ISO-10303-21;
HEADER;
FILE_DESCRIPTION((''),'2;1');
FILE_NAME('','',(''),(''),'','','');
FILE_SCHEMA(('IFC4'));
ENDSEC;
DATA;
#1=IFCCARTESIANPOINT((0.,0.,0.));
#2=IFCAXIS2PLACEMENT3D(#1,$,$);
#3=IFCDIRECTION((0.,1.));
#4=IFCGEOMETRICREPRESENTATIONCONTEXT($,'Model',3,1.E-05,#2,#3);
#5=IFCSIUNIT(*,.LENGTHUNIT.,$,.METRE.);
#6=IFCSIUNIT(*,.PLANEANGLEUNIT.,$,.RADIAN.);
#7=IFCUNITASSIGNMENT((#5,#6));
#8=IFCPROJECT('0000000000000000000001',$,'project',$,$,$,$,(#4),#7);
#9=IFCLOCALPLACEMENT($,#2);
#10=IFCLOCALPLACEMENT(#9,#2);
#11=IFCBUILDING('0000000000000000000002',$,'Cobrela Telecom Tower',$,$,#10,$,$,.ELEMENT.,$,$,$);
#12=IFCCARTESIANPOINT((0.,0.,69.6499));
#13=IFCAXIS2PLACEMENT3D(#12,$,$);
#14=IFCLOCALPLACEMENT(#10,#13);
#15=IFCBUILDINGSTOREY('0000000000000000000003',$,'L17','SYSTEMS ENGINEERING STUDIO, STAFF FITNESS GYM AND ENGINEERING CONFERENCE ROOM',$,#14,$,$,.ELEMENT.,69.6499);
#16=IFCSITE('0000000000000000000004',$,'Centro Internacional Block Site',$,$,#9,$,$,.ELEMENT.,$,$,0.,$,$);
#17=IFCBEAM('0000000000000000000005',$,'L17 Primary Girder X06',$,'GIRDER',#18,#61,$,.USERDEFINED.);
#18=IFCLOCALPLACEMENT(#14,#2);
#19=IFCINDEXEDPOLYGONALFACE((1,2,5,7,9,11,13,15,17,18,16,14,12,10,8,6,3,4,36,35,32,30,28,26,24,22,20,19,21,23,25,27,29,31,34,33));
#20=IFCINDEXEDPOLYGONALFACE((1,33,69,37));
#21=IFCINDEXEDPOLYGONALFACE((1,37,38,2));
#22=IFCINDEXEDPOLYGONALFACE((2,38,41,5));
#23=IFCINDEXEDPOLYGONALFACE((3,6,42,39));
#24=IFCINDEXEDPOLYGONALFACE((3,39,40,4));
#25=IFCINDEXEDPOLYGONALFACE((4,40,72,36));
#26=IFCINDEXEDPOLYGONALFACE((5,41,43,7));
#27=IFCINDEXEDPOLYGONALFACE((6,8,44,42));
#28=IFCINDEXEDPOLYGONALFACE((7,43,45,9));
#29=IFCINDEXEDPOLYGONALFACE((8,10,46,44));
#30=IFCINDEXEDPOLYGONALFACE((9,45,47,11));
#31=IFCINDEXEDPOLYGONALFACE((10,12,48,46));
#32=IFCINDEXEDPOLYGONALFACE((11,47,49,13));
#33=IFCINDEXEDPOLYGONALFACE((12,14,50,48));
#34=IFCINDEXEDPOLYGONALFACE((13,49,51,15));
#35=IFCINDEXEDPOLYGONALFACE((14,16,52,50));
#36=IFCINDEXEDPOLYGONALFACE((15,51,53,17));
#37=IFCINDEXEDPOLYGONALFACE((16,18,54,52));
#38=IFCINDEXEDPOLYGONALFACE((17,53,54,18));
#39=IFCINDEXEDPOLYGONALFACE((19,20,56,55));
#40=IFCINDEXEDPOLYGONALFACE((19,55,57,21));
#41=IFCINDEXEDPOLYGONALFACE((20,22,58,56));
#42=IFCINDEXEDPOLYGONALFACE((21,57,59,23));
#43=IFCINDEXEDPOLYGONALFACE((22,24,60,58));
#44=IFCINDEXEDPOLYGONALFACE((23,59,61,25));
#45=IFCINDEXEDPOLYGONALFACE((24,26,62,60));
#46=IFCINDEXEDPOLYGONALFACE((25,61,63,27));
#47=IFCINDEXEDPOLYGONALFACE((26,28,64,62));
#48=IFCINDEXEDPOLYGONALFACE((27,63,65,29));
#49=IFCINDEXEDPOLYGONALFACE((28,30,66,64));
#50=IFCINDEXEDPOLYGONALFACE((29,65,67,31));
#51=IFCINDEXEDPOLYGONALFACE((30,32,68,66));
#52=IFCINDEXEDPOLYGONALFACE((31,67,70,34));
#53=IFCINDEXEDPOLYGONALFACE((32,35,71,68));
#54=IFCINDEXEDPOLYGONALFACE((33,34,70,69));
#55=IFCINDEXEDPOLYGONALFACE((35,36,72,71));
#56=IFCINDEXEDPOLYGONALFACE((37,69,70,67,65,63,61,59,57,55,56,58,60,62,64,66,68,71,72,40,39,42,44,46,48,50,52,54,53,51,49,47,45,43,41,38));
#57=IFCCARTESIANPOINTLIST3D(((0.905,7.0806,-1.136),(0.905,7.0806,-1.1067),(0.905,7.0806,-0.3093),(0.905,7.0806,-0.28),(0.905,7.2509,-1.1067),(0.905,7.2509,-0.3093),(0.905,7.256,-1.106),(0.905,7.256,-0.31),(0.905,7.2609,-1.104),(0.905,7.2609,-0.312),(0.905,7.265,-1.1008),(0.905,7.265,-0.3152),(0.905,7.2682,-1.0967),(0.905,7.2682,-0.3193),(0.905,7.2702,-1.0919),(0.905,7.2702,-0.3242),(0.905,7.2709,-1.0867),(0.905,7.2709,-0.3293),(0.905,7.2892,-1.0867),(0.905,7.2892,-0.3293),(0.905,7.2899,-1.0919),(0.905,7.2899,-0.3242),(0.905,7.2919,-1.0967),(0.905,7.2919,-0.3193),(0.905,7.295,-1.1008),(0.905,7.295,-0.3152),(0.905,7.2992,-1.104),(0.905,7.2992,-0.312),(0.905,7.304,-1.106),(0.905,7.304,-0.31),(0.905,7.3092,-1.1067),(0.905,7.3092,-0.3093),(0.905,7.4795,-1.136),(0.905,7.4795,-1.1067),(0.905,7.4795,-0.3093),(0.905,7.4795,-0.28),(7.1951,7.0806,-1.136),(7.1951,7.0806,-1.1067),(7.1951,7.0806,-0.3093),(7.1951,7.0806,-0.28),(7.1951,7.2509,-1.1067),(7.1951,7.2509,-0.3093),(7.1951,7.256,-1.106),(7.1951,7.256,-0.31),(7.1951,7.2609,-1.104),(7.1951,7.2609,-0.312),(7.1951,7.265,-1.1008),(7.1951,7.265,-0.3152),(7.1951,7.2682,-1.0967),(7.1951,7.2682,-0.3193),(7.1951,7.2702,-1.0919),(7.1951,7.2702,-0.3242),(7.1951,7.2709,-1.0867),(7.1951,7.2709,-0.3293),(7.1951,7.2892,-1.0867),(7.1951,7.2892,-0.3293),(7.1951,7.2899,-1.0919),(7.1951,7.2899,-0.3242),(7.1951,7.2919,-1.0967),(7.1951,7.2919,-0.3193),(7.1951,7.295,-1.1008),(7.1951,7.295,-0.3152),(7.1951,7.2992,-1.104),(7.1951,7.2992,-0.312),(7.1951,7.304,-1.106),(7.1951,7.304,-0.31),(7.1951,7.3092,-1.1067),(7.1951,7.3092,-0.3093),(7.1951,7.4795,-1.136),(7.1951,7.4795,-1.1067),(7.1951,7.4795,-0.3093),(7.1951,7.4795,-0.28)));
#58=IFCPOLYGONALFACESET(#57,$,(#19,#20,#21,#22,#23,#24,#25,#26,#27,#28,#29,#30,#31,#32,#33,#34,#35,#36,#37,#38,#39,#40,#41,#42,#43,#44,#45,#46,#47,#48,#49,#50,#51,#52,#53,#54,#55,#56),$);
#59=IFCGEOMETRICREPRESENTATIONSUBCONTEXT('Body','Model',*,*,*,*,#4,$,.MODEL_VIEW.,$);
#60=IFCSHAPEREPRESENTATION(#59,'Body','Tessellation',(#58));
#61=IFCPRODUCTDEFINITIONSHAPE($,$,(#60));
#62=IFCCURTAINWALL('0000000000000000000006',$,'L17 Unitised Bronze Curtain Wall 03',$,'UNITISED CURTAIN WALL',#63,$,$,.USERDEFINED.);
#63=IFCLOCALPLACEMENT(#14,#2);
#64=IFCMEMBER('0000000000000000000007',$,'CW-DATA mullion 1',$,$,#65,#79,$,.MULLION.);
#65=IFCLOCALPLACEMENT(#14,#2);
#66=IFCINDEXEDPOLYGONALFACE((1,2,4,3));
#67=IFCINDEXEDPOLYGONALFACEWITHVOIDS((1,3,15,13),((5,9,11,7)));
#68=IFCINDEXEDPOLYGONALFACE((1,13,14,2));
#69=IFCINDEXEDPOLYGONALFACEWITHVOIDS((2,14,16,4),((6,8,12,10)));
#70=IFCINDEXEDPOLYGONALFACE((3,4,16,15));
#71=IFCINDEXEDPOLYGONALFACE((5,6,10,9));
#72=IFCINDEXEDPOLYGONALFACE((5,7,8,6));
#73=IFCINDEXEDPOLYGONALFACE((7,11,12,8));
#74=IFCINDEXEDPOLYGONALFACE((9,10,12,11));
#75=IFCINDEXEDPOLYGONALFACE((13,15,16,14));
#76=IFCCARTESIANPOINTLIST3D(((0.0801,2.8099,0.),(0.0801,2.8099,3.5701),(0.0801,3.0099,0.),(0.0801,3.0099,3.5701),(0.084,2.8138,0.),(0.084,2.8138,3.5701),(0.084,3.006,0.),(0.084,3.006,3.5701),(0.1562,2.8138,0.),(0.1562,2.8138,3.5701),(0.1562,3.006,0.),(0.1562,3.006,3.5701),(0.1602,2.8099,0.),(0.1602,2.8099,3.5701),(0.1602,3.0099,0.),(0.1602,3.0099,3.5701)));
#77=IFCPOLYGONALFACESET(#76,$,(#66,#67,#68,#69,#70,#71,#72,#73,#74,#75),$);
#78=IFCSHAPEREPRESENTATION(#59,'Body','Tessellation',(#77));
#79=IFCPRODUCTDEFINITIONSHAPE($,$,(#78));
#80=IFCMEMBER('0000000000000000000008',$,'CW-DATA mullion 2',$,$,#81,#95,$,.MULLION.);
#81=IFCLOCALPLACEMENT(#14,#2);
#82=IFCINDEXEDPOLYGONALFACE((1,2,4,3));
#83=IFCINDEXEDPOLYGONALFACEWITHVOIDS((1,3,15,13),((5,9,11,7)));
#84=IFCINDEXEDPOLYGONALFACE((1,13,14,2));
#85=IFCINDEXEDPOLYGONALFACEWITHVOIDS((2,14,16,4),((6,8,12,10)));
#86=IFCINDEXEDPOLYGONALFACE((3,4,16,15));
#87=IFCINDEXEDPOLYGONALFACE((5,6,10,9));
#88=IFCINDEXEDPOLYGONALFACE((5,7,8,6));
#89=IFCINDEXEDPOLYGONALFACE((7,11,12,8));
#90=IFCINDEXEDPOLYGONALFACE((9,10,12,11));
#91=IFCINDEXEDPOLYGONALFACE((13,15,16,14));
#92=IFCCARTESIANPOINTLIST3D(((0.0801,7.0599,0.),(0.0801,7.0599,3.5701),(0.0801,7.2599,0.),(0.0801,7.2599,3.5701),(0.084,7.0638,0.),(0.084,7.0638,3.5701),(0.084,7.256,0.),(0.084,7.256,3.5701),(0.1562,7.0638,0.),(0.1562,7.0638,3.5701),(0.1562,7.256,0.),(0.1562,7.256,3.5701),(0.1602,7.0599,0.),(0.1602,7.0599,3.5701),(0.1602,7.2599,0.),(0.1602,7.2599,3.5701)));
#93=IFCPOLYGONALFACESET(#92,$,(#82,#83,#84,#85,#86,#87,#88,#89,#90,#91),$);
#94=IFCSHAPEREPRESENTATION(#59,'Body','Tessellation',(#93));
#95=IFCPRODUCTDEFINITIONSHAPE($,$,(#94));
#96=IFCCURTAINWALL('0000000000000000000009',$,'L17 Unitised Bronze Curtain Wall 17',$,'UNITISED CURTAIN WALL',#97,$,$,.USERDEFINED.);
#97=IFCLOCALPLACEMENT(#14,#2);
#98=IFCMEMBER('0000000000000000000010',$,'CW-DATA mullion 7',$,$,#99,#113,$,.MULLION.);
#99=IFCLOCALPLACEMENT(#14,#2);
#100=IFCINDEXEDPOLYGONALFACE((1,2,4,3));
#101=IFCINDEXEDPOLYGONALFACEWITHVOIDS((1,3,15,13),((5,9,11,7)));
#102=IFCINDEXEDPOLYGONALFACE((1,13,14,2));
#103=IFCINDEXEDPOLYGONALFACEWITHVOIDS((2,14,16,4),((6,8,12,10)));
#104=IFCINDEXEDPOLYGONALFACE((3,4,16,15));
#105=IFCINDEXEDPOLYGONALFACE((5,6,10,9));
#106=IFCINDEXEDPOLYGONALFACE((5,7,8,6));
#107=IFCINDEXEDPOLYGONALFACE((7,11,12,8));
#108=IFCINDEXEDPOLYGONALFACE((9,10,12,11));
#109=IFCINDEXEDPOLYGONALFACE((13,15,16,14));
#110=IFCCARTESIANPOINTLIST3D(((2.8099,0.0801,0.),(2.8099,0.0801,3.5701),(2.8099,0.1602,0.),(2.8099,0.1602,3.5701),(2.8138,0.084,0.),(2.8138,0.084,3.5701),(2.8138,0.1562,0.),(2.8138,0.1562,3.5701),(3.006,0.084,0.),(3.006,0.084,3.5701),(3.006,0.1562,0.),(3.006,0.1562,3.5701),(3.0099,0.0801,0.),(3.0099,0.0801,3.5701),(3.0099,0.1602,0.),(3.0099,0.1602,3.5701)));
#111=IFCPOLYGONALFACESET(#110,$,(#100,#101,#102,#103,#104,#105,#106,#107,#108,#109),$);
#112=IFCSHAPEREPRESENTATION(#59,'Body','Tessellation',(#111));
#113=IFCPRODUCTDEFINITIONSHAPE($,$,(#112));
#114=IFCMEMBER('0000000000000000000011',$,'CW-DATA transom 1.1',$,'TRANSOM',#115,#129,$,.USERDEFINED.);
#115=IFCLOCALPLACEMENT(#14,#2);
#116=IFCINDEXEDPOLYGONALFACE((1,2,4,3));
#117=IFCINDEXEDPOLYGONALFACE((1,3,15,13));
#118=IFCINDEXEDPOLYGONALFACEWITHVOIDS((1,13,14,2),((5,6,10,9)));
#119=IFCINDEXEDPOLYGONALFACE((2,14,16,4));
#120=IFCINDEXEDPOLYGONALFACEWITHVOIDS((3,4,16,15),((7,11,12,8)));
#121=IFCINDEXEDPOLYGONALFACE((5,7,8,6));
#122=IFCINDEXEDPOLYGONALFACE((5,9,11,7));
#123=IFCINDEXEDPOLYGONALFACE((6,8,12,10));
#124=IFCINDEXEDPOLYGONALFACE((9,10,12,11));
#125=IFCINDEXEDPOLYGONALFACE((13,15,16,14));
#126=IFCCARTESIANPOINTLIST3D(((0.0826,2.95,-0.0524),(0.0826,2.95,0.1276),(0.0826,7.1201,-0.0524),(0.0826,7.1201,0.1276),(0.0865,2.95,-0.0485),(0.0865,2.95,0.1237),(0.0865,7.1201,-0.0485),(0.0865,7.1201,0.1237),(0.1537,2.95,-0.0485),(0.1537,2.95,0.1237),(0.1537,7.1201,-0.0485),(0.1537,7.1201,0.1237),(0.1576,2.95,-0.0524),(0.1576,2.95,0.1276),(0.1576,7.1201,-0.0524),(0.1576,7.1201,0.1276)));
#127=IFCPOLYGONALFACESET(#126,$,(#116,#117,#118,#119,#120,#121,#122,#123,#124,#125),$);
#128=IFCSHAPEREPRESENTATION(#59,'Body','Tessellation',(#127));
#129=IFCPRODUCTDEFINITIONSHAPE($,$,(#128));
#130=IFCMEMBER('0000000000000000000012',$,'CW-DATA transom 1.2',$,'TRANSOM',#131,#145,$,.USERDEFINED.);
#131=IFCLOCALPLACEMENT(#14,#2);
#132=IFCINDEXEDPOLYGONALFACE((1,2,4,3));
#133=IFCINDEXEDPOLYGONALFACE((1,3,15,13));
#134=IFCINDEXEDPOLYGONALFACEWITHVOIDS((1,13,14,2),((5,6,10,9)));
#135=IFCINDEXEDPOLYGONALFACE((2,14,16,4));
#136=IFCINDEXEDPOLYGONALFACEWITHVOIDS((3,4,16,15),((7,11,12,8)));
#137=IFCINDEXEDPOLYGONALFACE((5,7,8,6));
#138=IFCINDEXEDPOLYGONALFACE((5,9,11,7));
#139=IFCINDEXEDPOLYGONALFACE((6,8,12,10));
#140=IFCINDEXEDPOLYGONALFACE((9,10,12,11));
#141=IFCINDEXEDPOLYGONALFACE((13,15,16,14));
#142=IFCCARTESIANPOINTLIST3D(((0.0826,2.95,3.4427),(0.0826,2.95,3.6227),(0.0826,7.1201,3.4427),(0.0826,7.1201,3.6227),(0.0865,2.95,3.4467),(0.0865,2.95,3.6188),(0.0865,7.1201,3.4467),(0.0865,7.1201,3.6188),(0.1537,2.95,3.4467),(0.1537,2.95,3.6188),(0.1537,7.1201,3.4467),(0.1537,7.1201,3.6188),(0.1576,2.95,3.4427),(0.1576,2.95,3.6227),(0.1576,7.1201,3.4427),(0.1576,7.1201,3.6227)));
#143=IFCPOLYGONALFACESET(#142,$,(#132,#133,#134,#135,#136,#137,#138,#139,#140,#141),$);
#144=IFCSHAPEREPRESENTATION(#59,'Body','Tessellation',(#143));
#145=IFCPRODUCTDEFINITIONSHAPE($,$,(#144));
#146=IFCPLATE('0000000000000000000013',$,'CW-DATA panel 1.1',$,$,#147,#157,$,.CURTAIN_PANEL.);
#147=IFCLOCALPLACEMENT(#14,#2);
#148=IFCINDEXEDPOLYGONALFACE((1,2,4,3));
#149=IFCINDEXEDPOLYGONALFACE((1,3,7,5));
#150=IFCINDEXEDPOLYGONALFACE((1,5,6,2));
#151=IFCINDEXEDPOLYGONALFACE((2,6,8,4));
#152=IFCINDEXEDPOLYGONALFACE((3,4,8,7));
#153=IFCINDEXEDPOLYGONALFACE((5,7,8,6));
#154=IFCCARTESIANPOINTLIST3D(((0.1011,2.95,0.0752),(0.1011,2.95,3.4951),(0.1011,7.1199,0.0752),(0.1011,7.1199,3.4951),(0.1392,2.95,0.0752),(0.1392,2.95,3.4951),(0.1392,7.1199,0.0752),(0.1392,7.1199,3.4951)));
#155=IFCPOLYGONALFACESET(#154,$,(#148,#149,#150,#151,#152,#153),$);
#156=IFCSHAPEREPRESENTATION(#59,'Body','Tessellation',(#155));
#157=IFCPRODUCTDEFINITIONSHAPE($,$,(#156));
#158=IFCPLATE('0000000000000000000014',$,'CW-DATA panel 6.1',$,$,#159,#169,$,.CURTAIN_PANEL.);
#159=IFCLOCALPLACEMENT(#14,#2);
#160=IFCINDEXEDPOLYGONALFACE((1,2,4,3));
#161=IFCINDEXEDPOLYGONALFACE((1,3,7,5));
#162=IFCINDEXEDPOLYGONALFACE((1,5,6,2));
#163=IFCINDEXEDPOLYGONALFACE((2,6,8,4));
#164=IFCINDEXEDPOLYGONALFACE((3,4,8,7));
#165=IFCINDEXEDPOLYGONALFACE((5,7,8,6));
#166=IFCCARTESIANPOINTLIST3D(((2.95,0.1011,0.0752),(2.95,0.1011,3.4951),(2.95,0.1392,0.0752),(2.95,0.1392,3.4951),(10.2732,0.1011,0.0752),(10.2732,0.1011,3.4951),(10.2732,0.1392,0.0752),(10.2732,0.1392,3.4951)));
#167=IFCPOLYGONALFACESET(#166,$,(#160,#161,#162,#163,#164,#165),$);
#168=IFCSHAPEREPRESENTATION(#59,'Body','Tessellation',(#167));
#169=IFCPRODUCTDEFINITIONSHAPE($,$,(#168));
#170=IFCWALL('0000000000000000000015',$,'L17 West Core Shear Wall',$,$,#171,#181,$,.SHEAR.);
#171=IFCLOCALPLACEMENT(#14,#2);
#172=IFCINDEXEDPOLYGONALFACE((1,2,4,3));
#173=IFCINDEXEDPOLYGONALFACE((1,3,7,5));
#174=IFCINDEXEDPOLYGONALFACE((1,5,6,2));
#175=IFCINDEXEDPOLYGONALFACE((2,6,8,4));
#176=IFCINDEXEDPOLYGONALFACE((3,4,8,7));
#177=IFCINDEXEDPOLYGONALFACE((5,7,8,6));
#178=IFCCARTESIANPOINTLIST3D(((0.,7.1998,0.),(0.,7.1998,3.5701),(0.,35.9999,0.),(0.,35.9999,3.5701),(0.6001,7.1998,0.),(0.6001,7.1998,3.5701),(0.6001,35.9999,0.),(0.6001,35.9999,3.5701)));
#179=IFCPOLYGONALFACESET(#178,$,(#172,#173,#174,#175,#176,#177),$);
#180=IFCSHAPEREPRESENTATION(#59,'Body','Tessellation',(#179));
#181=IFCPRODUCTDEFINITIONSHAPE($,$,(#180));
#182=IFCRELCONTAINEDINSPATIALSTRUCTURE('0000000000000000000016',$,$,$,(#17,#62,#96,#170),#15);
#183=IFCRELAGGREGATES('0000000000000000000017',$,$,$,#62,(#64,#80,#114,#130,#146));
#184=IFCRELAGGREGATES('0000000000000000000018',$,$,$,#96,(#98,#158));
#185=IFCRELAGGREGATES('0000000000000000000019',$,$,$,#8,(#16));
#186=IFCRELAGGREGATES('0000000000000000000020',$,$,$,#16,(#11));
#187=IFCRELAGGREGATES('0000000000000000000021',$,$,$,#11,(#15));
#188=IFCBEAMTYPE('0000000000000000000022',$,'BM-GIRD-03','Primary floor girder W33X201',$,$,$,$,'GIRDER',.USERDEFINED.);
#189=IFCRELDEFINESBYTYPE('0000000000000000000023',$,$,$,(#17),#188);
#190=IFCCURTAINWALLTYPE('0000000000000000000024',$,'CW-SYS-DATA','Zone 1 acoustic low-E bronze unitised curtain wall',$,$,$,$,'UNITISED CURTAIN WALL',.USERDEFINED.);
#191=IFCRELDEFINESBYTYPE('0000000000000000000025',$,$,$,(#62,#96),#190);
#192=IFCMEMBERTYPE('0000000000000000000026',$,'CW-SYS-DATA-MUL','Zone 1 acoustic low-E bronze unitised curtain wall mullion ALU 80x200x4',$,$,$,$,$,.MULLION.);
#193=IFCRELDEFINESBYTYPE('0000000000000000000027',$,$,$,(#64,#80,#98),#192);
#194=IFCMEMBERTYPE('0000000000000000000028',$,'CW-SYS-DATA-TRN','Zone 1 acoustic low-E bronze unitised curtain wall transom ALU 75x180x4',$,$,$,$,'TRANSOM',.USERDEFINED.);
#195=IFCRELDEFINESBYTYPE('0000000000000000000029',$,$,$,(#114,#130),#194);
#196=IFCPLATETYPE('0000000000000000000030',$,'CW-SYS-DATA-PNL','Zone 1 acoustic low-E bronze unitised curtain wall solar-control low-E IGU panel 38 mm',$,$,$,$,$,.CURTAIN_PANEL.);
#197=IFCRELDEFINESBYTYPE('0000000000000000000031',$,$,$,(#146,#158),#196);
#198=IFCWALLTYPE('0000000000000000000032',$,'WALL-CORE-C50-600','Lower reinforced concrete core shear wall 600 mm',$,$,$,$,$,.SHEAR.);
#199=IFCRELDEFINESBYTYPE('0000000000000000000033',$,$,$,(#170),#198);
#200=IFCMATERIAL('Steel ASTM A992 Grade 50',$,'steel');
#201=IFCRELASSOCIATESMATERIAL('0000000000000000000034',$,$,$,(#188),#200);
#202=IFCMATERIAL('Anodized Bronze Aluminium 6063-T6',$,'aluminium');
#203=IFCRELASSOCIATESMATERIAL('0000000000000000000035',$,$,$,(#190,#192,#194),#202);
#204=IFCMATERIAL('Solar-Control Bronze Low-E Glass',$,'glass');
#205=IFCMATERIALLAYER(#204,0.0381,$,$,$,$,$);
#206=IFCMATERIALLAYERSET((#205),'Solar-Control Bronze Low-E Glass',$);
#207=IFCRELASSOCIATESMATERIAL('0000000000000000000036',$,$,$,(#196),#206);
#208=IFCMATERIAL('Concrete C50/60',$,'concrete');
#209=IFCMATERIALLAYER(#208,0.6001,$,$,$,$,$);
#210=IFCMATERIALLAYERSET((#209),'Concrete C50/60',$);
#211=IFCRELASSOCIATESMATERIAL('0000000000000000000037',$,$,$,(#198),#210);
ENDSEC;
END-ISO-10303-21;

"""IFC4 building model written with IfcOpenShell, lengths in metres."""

from ifc_helpers import new_model, si_unit, direction, frame, frame_2d, origin, origin_2d, place, context, subcontext, project, spatial, rectangle, hollow_rectangle, i_section, extrude, material, layer, layer_set, material_profile, profile_set, type_object, element, aggregate, save


model = new_model("IFC4")

# Units and contexts
model_context = context("Model", 3, precision=1e-05, world=origin(), true_north=direction((0.0, 1.0)))
body_context = subcontext(model_context, "Body", "Model", "MODEL_VIEW")
ifc_project = project(units=[si_unit("LENGTHUNIT", "METRE"), si_unit("PLANEANGLEUNIT", "RADIAN")], contexts=[model_context])

# Site, building, storey
site_placement = place(None, origin())
site = spatial("IfcSite", under=ifc_project, at=site_placement, Name="Centro Internacional Block Site", CompositionType="ELEMENT", RefElevation=0.0)
building_placement = place(site_placement, origin())
building = spatial("IfcBuilding", under=site, at=building_placement, Name="Cobrela Telecom Tower", CompositionType="ELEMENT")
storey_placement = place(building_placement, frame((0.0, 0.0, 69.6499)))
storey = spatial("IfcBuildingStorey", under=building, at=storey_placement, Name="L17", Description="SYSTEMS ENGINEERING STUDIO, STAFF FITNESS GYM AND ENGINEERING CONFERENCE ROOM", CompositionType="ELEMENT", Elevation=69.6499)

# Beam
ifc_material_1 = material(Name="Steel ASTM A992 Grade 50", Category="steel")
ifc_material_profile_1 = material_profile(ifc_material_1, i_section(OverallWidth=0.3989, OverallDepth=0.856, WebThickness=0.0183, FlangeThickness=0.0293, FilletRadius=0.02, at=origin_2d()), Name="W33X201")
ifc_profile_set_1 = profile_set([ifc_material_profile_1], Name="Steel ASTM A992 Grade 50")
beam_type = type_object("IfcBeamType", Name="BM-GIRD-03", Description="Primary floor girder W33X201", ElementType="GIRDER", PredefinedType="USERDEFINED", material=ifc_profile_set_1)
beam_placement = place(storey_placement, frame((0.905, 7.28, -0.708), z_axis=(1.0, 0.0, 0.0), x_axis=(0.0, 1.0, 0.0)))
element("IfcBeam", 1, at=beam_placement, inside=storey, type_object=beam_type, Name="L17 Primary Girder X06", ObjectType="GIRDER", PredefinedType="USERDEFINED", context=body_context, shape_type="SweptSolid", body=[
    extrude(i_section(OverallWidth=0.3989, OverallDepth=0.856, WebThickness=0.0183, FlangeThickness=0.0293, FilletRadius=0.02, at=origin_2d()), origin(), (0.0, 0.0, 1.0), 6.29),
])

# Curtain wall, members
ifc_material_2 = material(Name="Anodized Bronze Aluminium 6063-T6", Category="aluminium")
curtain_wall_type = type_object("IfcCurtainWallType", Name="CW-SYS-DATA", Description="Zone 1 acoustic low-E bronze unitised curtain wall", ElementType="UNITISED CURTAIN WALL", PredefinedType="USERDEFINED", material=ifc_material_2)
curtain_wall_1_placement = place(storey_placement, origin())
curtain_wall_1 = element("IfcCurtainWall", 2, at=curtain_wall_1_placement, inside=storey, type_object=curtain_wall_type, Name="L17 Unitised Bronze Curtain Wall 03", ObjectType="UNITISED CURTAIN WALL", PredefinedType="USERDEFINED")
ifc_material_profile_2 = material_profile(ifc_material_2, hollow_rectangle(XDim=0.0801, YDim=0.2, WallThickness=0.0039, at=origin_2d()), Name="ALU 80x200x4")
ifc_profile_set_2 = profile_set([ifc_material_profile_2], Name="Anodized Bronze Aluminium 6063-T6")
member_type_1 = type_object("IfcMemberType", Name="CW-SYS-DATA-MUL", Description="Zone 1 acoustic low-E bronze unitised curtain wall mullion ALU 80x200x4", PredefinedType="MULLION", material=ifc_profile_set_2)
member_1_placement = place(storey_placement, frame((0.1201, 2.9099, 0.0), z_axis=(0.0, 0.0, 1.0), x_axis=(-1.0, 0.0, 0.0)))
member_1 = element("IfcMember", 3, at=member_1_placement, type_object=member_type_1, Name="CW-DATA mullion 1", PredefinedType="MULLION", context=body_context, shape_type="SweptSolid", body=[
    extrude(hollow_rectangle(XDim=0.0801, YDim=0.2, WallThickness=0.0039, at=origin_2d()), origin(), (0.0, 0.0, 1.0), 3.5701),
])
member_2_placement = place(storey_placement, frame((0.1201, 7.1599, 0.0), z_axis=(0.0, 0.0, 1.0), x_axis=(-1.0, 0.0, 0.0)))
member_2 = element("IfcMember", 4, at=member_2_placement, type_object=member_type_1, Name="CW-DATA mullion 2", PredefinedType="MULLION", context=body_context, shape_type="SweptSolid", body=[
    extrude(hollow_rectangle(XDim=0.0801, YDim=0.2, WallThickness=0.0039, at=origin_2d()), origin(), (0.0, 0.0, 1.0), 3.5701),
])

# Curtain wall, member
curtain_wall_2_placement = place(storey_placement, origin())
curtain_wall_2 = element("IfcCurtainWall", 5, at=curtain_wall_2_placement, inside=storey, type_object=curtain_wall_type, Name="L17 Unitised Bronze Curtain Wall 17", ObjectType="UNITISED CURTAIN WALL", PredefinedType="USERDEFINED")
member_3_placement = place(storey_placement, frame((2.9099, 0.1201, 0.0), z_axis=(0.0, 0.0, 1.0), x_axis=(0.0, -1.0, 0.0)))
member_3 = element("IfcMember", 6, at=member_3_placement, type_object=member_type_1, Name="CW-DATA mullion 7", PredefinedType="MULLION", context=body_context, shape_type="SweptSolid", body=[
    extrude(hollow_rectangle(XDim=0.0801, YDim=0.2, WallThickness=0.0039, at=origin_2d()), origin(), (0.0, 0.0, 1.0), 3.5701),
])

# Members
ifc_material_profile_3 = material_profile(ifc_material_2, hollow_rectangle(XDim=0.075, YDim=0.1799, WallThickness=0.0039, at=origin_2d()), Name="ALU 75x180x4")
ifc_profile_set_3 = profile_set([ifc_material_profile_3], Name="Anodized Bronze Aluminium 6063-T6")
member_type_2 = type_object("IfcMemberType", Name="CW-SYS-DATA-TRN", Description="Zone 1 acoustic low-E bronze unitised curtain wall transom ALU 75x180x4", ElementType="TRANSOM", PredefinedType="USERDEFINED", material=ifc_profile_set_3)
member_4_placement = place(storey_placement, frame((0.1201, 2.95, 0.0376), z_axis=(0.0, 1.0, 0.0), x_axis=(-1.0, 0.0, 0.0)))
member_4 = element("IfcMember", 7, at=member_4_placement, type_object=member_type_2, Name="CW-DATA transom 1.1", ObjectType="TRANSOM", PredefinedType="USERDEFINED", context=body_context, shape_type="SweptSolid", body=[
    extrude(hollow_rectangle(XDim=0.075, YDim=0.1799, WallThickness=0.0039, at=origin_2d()), origin(), (0.0, 0.0, 1.0), 4.1702),
])
member_5_placement = place(storey_placement, frame((0.1201, 2.95, 3.5327), z_axis=(0.0, 1.0, 0.0), x_axis=(-1.0, 0.0, 0.0)))
member_5 = element("IfcMember", 8, at=member_5_placement, type_object=member_type_2, Name="CW-DATA transom 1.2", ObjectType="TRANSOM", PredefinedType="USERDEFINED", context=body_context, shape_type="SweptSolid", body=[
    extrude(hollow_rectangle(XDim=0.075, YDim=0.1799, WallThickness=0.0039, at=origin_2d()), origin(), (0.0, 0.0, 1.0), 4.1702),
])

# Plates
ifc_material_3 = material(Name="Solar-Control Bronze Low-E Glass", Category="glass")
ifc_layer_1 = layer(ifc_material_3, 0.0381)
ifc_layer_set_1 = layer_set([ifc_layer_1], Name="Solar-Control Bronze Low-E Glass")
plate_type = type_object("IfcPlateType", Name="CW-SYS-DATA-PNL", Description="Zone 1 acoustic low-E bronze unitised curtain wall solar-control low-E IGU panel 38 mm", PredefinedType="CURTAIN_PANEL", material=ifc_layer_set_1)
plate_1_placement = place(storey_placement, frame((0.1201, 5.0349, 0.0752), z_axis=(0.0, 0.0, 1.0), x_axis=(0.0, 1.0, 0.0)))
plate_1 = element("IfcPlate", 9, at=plate_1_placement, type_object=plate_type, Name="CW-DATA panel 1.1", PredefinedType="CURTAIN_PANEL", context=body_context, shape_type="SweptSolid", body=[
    extrude(rectangle(XDim=4.1699, YDim=0.0381, at=origin_2d()), origin(), (0.0, 0.0, 1.0), 3.4199),
])
aggregate(curtain_wall_1, [member_1, member_2, member_4, member_5, plate_1])
plate_2_placement = place(storey_placement, frame((6.6116, 0.1201, 0.0752), z_axis=(0.0, 0.0, 1.0), x_axis=(-1.0, 0.0, 0.0)))
plate_2 = element("IfcPlate", 10, at=plate_2_placement, type_object=plate_type, Name="CW-DATA panel 6.1", PredefinedType="CURTAIN_PANEL", context=body_context, shape_type="SweptSolid", body=[
    extrude(rectangle(XDim=7.3232, YDim=0.0381, at=origin_2d()), origin(), (0.0, 0.0, 1.0), 3.4199),
])
aggregate(curtain_wall_2, [member_3, plate_2])

# Wall
ifc_material_4 = material(Name="Concrete C50/60", Category="concrete")
ifc_layer_2 = layer(ifc_material_4, 0.6001)
ifc_layer_set_2 = layer_set([ifc_layer_2], Name="Concrete C50/60")
wall_type_1 = type_object("IfcWallType", Name="WALL-CORE-C50-600", Description="Lower reinforced concrete core shear wall 600 mm", PredefinedType="SHEAR", material=ifc_layer_set_2)
wall_1_placement = place(storey_placement, frame((0.3, 7.2, 0.0), z_axis=(0.0, 0.0, 1.0), x_axis=(0.0, 1.0, 0.0)))
element("IfcWall", 11, at=wall_1_placement, inside=storey, type_object=wall_type_1, Name="L17 West Core Shear Wall", PredefinedType="SHEAR", context=body_context, shape_type="SweptSolid", body=[
    extrude(rectangle(XDim=28.8, YDim=0.6001, at=frame_2d((14.3999, 0.0))), origin(), (0.0, 0.0, 1.0), 3.5701),
])

save(model, "model.ifc")
